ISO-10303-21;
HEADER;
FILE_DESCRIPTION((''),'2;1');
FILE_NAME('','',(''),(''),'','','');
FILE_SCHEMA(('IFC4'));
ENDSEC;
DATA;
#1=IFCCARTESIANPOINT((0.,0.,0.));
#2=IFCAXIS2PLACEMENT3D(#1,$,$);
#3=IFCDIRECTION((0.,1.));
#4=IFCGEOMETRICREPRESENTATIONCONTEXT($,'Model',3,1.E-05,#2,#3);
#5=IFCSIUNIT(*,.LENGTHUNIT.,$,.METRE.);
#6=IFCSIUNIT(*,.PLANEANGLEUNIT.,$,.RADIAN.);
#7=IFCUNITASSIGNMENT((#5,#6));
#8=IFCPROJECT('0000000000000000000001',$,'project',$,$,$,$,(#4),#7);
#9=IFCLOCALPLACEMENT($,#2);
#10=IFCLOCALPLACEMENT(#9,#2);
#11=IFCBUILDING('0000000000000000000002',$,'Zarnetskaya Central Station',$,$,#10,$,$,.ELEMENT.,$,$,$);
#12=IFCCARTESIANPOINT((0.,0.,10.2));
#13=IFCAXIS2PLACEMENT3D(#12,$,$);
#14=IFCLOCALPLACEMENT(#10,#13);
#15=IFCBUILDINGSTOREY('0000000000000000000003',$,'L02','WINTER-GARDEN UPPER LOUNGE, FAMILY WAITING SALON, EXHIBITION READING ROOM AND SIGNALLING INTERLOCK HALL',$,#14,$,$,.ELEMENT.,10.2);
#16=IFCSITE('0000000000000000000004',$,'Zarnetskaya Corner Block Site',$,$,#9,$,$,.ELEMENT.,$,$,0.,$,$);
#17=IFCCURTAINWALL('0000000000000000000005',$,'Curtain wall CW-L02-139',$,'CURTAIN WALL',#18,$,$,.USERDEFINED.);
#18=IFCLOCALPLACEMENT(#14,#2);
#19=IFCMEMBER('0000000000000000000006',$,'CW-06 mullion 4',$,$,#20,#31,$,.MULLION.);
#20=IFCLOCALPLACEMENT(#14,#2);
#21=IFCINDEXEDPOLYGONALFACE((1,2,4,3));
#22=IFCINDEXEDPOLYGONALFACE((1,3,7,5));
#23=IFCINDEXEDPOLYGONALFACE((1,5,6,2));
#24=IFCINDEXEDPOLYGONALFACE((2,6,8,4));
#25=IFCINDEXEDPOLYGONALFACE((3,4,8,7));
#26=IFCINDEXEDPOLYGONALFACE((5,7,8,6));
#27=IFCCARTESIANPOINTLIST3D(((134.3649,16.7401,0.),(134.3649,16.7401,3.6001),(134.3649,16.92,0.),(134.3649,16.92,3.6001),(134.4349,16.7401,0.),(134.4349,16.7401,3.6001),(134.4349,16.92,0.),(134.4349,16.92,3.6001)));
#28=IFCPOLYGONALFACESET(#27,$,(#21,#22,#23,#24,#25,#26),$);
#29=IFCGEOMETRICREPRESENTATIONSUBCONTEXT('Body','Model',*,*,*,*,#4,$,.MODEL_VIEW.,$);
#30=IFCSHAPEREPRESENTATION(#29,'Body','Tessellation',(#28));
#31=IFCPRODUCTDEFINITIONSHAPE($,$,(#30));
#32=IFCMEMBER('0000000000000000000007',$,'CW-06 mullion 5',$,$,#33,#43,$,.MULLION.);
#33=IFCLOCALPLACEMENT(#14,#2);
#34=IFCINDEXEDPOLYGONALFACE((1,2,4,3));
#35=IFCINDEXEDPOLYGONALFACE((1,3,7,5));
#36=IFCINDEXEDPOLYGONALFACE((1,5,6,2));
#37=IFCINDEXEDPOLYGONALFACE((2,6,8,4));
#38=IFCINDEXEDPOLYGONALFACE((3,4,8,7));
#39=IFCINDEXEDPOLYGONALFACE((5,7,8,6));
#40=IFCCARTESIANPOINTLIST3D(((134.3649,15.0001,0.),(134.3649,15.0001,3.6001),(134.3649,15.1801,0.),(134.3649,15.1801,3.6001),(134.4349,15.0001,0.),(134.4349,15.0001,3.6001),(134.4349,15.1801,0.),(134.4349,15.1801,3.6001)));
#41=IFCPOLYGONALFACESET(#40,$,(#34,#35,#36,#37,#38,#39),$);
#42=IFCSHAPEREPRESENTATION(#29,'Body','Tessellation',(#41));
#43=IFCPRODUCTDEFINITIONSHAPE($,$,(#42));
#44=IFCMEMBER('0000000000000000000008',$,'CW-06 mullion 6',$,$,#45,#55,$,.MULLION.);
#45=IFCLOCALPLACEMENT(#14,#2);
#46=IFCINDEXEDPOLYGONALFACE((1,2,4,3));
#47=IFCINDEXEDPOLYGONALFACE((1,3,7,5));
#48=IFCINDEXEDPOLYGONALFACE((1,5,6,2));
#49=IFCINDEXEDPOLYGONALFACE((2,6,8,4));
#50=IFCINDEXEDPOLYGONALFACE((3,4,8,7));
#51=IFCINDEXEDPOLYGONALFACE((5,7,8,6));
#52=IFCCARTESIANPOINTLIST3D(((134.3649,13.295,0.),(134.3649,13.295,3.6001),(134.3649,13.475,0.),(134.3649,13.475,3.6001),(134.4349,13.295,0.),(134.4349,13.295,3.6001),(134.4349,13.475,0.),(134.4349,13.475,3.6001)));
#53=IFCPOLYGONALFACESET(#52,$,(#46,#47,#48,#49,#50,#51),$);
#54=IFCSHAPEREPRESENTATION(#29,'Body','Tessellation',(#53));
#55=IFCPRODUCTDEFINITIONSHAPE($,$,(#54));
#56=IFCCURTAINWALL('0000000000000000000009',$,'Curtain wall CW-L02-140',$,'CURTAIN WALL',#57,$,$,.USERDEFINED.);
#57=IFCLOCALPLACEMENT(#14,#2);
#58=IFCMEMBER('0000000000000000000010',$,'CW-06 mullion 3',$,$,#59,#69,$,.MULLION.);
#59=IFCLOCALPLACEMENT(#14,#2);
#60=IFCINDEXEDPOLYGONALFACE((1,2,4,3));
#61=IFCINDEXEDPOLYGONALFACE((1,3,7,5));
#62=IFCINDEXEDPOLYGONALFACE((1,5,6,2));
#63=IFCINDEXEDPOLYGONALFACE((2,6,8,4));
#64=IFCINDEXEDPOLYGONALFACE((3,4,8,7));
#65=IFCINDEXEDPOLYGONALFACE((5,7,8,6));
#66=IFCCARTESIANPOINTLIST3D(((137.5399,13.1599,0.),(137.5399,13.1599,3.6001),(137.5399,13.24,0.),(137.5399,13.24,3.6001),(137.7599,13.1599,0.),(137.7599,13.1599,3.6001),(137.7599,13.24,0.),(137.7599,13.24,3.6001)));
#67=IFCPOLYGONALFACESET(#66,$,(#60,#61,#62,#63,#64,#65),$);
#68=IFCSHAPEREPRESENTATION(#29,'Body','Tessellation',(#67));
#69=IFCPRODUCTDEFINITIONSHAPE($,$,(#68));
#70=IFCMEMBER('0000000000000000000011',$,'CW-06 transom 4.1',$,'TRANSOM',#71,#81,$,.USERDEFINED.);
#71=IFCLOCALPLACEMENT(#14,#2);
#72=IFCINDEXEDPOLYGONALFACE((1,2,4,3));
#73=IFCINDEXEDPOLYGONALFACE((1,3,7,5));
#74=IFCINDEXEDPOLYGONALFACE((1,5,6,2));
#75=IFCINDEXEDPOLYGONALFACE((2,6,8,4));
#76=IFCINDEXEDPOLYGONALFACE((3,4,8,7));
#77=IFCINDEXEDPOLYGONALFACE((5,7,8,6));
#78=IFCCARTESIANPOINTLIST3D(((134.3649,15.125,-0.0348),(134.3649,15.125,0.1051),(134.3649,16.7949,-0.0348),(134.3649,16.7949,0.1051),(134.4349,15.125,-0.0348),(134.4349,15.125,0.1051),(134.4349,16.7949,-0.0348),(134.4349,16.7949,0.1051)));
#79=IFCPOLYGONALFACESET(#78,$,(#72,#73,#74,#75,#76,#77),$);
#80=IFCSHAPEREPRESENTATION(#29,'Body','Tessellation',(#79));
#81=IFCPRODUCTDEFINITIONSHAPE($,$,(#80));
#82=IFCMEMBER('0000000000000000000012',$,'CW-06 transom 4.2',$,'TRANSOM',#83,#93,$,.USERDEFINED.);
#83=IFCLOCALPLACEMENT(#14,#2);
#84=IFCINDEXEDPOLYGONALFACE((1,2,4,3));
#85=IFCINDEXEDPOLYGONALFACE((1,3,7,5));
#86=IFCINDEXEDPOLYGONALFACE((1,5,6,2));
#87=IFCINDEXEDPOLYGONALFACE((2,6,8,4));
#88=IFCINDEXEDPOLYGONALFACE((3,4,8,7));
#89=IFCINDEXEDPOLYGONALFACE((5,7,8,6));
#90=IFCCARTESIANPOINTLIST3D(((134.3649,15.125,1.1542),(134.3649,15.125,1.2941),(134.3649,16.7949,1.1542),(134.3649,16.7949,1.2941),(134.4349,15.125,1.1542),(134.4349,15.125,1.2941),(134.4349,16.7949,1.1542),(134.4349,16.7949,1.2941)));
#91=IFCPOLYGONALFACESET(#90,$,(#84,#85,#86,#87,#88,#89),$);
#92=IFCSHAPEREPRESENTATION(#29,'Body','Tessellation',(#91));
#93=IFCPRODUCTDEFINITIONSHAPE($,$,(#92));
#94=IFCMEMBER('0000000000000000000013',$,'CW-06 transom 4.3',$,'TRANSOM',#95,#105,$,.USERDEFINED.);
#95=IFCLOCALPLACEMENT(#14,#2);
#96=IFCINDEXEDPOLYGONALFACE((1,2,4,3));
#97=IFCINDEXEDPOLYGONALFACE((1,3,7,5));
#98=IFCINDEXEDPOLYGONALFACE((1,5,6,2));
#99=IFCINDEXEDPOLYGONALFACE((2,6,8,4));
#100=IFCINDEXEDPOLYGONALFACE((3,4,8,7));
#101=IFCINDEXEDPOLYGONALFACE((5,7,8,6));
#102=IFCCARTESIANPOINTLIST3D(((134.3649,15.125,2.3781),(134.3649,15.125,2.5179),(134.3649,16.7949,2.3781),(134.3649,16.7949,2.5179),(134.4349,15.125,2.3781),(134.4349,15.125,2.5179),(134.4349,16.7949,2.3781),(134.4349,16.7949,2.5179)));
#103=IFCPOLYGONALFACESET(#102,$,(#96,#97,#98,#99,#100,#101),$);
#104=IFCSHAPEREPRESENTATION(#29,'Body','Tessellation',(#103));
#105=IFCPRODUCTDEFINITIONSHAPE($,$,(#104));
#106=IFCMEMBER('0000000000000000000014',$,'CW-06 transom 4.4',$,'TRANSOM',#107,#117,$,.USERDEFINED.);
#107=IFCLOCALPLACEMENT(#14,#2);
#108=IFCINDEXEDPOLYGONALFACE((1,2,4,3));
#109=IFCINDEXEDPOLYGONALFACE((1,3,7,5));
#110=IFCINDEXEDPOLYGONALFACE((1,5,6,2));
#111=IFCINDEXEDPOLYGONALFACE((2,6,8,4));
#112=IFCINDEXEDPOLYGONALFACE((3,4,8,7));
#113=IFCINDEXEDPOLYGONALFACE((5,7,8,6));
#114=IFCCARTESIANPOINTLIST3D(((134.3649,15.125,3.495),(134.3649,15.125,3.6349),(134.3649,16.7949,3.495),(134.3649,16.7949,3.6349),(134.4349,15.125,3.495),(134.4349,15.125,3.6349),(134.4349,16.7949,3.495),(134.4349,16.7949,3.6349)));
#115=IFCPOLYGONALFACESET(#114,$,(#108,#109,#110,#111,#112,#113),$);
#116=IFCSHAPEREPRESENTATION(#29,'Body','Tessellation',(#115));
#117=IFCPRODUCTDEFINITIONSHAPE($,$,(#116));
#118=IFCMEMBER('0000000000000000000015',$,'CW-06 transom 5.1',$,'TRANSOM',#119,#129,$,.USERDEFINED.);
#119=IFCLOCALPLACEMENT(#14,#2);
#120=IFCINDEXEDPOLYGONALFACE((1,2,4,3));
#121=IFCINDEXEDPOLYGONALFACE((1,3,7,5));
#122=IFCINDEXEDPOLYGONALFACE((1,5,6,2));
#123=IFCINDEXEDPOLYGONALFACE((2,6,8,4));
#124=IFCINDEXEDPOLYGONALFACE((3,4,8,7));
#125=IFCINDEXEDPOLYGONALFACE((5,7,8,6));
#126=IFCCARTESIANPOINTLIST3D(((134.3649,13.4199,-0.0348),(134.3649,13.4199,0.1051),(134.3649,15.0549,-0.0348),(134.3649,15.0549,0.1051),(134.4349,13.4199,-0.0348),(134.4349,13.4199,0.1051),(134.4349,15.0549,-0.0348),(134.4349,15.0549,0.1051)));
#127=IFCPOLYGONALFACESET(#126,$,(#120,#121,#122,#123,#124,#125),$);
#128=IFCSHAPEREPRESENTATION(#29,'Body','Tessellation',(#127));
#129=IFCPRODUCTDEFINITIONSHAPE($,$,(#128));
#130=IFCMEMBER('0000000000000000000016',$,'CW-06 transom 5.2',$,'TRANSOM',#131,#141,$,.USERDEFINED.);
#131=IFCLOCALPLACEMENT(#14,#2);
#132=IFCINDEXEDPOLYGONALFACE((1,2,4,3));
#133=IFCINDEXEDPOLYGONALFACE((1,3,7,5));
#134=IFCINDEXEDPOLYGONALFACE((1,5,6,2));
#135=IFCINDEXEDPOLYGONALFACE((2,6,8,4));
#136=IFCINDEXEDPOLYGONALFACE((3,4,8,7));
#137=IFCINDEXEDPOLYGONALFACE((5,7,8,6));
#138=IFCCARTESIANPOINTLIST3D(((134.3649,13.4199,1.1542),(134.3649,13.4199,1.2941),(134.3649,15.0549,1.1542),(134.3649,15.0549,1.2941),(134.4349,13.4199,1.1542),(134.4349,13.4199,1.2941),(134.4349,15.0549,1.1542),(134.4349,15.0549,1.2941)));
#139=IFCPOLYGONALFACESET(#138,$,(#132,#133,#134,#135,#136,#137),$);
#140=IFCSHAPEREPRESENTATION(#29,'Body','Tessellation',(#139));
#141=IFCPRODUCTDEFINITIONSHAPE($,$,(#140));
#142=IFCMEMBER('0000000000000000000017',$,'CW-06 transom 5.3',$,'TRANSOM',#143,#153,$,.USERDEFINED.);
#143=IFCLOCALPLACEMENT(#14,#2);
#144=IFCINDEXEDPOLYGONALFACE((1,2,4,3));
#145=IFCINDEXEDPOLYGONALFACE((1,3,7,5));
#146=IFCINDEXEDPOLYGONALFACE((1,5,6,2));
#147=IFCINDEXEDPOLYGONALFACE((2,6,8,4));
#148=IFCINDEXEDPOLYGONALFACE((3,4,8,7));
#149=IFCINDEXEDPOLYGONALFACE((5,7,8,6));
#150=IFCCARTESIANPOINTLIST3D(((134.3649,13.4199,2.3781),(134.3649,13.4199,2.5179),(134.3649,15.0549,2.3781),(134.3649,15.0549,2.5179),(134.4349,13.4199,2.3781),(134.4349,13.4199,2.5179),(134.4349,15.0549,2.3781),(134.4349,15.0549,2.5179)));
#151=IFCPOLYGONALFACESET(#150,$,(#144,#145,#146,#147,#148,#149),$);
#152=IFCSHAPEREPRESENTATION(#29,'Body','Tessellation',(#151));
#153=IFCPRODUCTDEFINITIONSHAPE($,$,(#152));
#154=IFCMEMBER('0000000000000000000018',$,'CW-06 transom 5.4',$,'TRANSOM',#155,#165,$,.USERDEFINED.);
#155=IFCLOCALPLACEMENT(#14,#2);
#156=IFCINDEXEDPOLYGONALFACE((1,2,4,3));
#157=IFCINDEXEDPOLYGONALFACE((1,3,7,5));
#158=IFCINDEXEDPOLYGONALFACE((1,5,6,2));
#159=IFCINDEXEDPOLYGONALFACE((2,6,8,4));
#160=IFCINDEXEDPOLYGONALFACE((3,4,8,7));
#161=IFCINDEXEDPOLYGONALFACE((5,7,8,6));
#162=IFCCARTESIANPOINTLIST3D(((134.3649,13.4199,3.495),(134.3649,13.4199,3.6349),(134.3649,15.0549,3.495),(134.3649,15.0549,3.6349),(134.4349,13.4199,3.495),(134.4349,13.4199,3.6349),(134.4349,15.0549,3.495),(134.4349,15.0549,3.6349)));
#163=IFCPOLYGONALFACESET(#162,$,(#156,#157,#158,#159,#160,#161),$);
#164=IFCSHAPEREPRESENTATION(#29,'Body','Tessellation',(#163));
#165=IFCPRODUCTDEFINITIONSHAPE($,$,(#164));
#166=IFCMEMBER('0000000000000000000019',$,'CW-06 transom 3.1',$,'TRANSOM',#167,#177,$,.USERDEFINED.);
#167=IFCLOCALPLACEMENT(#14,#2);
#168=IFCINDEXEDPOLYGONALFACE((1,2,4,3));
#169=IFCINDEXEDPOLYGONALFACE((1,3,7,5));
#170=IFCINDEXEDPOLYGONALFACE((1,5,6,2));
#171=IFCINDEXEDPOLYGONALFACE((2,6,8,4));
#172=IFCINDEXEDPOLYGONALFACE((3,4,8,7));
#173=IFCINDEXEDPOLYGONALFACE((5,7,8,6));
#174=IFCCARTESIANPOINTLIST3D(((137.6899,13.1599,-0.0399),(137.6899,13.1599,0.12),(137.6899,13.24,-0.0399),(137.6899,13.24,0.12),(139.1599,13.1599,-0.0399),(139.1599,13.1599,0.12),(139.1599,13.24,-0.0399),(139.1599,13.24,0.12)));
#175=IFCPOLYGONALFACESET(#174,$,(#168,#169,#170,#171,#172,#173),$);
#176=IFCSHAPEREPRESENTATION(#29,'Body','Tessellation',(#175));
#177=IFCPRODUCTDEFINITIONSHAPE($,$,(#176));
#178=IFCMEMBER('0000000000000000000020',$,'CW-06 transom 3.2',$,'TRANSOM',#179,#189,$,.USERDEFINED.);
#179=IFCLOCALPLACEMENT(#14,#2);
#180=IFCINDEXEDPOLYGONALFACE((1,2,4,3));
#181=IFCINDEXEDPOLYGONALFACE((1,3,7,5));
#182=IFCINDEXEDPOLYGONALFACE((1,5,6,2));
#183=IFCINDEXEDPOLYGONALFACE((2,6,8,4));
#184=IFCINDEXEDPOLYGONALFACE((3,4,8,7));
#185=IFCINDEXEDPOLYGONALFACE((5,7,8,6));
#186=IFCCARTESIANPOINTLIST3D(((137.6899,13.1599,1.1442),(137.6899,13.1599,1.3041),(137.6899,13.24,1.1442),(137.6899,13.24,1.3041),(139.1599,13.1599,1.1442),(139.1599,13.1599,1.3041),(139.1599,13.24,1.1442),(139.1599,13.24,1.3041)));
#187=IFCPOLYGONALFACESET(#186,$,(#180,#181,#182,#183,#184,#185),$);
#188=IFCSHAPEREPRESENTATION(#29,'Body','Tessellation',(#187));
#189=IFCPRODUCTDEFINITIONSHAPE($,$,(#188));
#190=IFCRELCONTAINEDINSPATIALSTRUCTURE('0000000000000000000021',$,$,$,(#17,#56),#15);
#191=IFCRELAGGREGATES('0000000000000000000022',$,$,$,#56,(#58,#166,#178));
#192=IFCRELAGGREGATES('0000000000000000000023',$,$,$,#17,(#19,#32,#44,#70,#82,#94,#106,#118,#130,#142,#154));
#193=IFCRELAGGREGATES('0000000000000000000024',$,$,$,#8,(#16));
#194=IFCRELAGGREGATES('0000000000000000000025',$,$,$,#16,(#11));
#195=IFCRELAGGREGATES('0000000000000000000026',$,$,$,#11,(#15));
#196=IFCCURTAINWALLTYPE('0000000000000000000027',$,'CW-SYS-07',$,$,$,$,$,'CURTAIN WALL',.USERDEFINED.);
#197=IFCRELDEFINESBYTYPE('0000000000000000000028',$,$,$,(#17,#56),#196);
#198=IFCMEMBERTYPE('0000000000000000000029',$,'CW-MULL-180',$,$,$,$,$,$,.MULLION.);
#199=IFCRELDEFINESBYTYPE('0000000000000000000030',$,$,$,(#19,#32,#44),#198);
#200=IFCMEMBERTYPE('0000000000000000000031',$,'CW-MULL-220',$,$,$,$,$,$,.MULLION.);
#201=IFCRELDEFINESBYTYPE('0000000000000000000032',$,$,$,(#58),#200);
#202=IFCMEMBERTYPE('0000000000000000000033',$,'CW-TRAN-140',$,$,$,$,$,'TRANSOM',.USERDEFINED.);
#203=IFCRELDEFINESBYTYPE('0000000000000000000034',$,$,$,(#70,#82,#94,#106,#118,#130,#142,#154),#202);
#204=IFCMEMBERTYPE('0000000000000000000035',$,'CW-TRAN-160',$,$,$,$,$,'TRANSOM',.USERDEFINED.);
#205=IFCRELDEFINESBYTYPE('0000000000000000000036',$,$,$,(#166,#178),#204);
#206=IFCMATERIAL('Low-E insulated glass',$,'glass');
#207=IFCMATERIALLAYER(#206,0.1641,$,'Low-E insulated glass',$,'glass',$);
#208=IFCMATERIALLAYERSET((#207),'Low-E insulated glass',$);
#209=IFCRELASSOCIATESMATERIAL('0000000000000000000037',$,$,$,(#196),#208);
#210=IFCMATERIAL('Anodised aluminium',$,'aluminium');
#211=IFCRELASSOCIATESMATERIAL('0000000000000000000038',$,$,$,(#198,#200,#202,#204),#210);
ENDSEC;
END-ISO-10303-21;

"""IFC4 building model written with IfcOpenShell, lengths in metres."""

from ifc_helpers import new_model, si_unit, direction, frame, origin, origin_2d, place, context, subcontext, project, spatial, rectangle, extrude, material, layer, layer_set, material_profile, profile_set, type_object, element, aggregate, save


model = new_model("IFC4")

# Units and contexts
model_context = context("Model", 3, precision=1e-05, world=origin(), true_north=direction((0.0, 1.0)))
body_context = subcontext(model_context, "Body", "Model", "MODEL_VIEW")
ifc_project = project(units=[si_unit("LENGTHUNIT", "METRE"), si_unit("PLANEANGLEUNIT", "RADIAN")], contexts=[model_context])

# Site, building, storey
site_placement = place(None, origin())
site = spatial("IfcSite", under=ifc_project, at=site_placement, Name="Zarnetskaya Corner Block Site", CompositionType="ELEMENT", RefElevation=0.0)
building_placement = place(site_placement, origin())
building = spatial("IfcBuilding", under=site, at=building_placement, Name="Zarnetskaya Central Station", CompositionType="ELEMENT")
storey_placement = place(building_placement, frame((0.0, 0.0, 10.2)))
storey = spatial("IfcBuildingStorey", under=building, at=storey_placement, Name="L02", Description="WINTER-GARDEN UPPER LOUNGE, FAMILY WAITING SALON, EXHIBITION READING ROOM AND SIGNALLING INTERLOCK HALL", CompositionType="ELEMENT", Elevation=10.2)

# Curtain wall, members
ifc_material_1 = material(Name="Low-E insulated glass", Category="glass")
ifc_layer_1 = layer(ifc_material_1, 0.1641, Name="Low-E insulated glass", Category="glass")
ifc_layer_set_1 = layer_set([ifc_layer_1], Name="Low-E insulated glass")
curtain_wall_type = type_object("IfcCurtainWallType", Name="CW-SYS-07", ElementType="CURTAIN WALL", PredefinedType="USERDEFINED", material=ifc_layer_set_1)
curtain_wall_1_placement = place(storey_placement, origin())
curtain_wall_1 = element("IfcCurtainWall", 1, at=curtain_wall_1_placement, inside=storey, type_object=curtain_wall_type, Name="Curtain wall CW-L02-139", ObjectType="CURTAIN WALL", PredefinedType="USERDEFINED")
ifc_material_2 = material(Name="Anodised aluminium", Category="aluminium")
ifc_material_profile_1 = material_profile(ifc_material_2, rectangle(XDim=0.0701, YDim=0.1799, at=origin_2d()), Name="ALU MULL 70x180")
ifc_profile_set_1 = profile_set([ifc_material_profile_1], Name="Anodised aluminium")
member_type_1 = type_object("IfcMemberType", Name="CW-MULL-180", PredefinedType="MULLION", material=ifc_profile_set_1)
member_1_placement = place(storey_placement, frame((134.3999, 16.8301, 0.0), z_axis=(0.0, 0.0, 1.0), x_axis=(1.0, 0.0, 0.0)))
member_1 = element("IfcMember", 2, at=member_1_placement, type_object=member_type_1, Name="CW-06 mullion 4", PredefinedType="MULLION", context=body_context, shape_type="SweptSolid", body=[
    extrude(rectangle(XDim=0.0701, YDim=0.1799, at=origin_2d()), origin(), (0.0, 0.0, 1.0), 3.6001),
])
member_2_placement = place(storey_placement, frame((134.3999, 15.0901, 0.0), z_axis=(0.0, 0.0, 1.0), x_axis=(1.0, 0.0, 0.0)))
member_2 = element("IfcMember", 3, at=member_2_placement, type_object=member_type_1, Name="CW-06 mullion 5", PredefinedType="MULLION", context=body_context, shape_type="SweptSolid", body=[
    extrude(rectangle(XDim=0.0701, YDim=0.1799, at=origin_2d()), origin(), (0.0, 0.0, 1.0), 3.6001),
])
member_3_placement = place(storey_placement, frame((134.3999, 13.385, 0.0), z_axis=(0.0, 0.0, 1.0), x_axis=(1.0, 0.0, 0.0)))
member_3 = element("IfcMember", 4, at=member_3_placement, type_object=member_type_1, Name="CW-06 mullion 6", PredefinedType="MULLION", context=body_context, shape_type="SweptSolid", body=[
    extrude(rectangle(XDim=0.0701, YDim=0.1799, at=origin_2d()), origin(), (0.0, 0.0, 1.0), 3.6001),
])

# Curtain wall, member
curtain_wall_2_placement = place(storey_placement, origin())
curtain_wall_2 = element("IfcCurtainWall", 5, at=curtain_wall_2_placement, inside=storey, type_object=curtain_wall_type, Name="Curtain wall CW-L02-140", ObjectType="CURTAIN WALL", PredefinedType="USERDEFINED")
ifc_material_profile_2 = material_profile(ifc_material_2, rectangle(XDim=0.0801, YDim=0.22, at=origin_2d()), Name="ALU MULL 80x220")
ifc_profile_set_2 = profile_set([ifc_material_profile_2], Name="Anodised aluminium")
member_type_2 = type_object("IfcMemberType", Name="CW-MULL-220", PredefinedType="MULLION", material=ifc_profile_set_2)
member_4_placement = place(storey_placement, frame((137.6499, 13.2, 0.0), z_axis=(0.0, 0.0, 1.0), x_axis=(0.0, 1.0, 0.0)))
member_4 = element("IfcMember", 6, at=member_4_placement, type_object=member_type_2, Name="CW-06 mullion 3", PredefinedType="MULLION", context=body_context, shape_type="SweptSolid", body=[
    extrude(rectangle(XDim=0.0801, YDim=0.22, at=origin_2d()), origin(), (0.0, 0.0, 1.0), 3.6001),
])

# Members
ifc_material_profile_3 = material_profile(ifc_material_2, rectangle(XDim=0.0701, YDim=0.1399, at=origin_2d()), Name="ALU TRAN 70x140")
ifc_profile_set_3 = profile_set([ifc_material_profile_3], Name="Anodised aluminium")
member_type_3 = type_object("IfcMemberType", Name="CW-TRAN-140", ElementType="TRANSOM", PredefinedType="USERDEFINED", material=ifc_profile_set_3)
member_5_placement = place(storey_placement, frame((134.3999, 16.7949, 0.0352), z_axis=(0.0, -1.0, 0.0), x_axis=(1.0, 0.0, 0.0)))
member_5 = element("IfcMember", 7, at=member_5_placement, type_object=member_type_3, Name="CW-06 transom 4.1", ObjectType="TRANSOM", PredefinedType="USERDEFINED", context=body_context, shape_type="SweptSolid", body=[
    extrude(rectangle(XDim=0.0701, YDim=0.1399, at=origin_2d()), origin(), (0.0, 0.0, 1.0), 1.6699),
])
member_6_placement = place(storey_placement, frame((134.3999, 16.7949, 1.2241), z_axis=(0.0, -1.0, 0.0), x_axis=(1.0, 0.0, 0.0)))
member_6 = element("IfcMember", 8, at=member_6_placement, type_object=member_type_3, Name="CW-06 transom 4.2", ObjectType="TRANSOM", PredefinedType="USERDEFINED", context=body_context, shape_type="SweptSolid", body=[
    extrude(rectangle(XDim=0.0701, YDim=0.1399, at=origin_2d()), origin(), (0.0, 0.0, 1.0), 1.6699),
])
member_7_placement = place(storey_placement, frame((134.3999, 16.7949, 2.448), z_axis=(0.0, -1.0, 0.0), x_axis=(1.0, 0.0, 0.0)))
member_7 = element("IfcMember", 9, at=member_7_placement, type_object=member_type_3, Name="CW-06 transom 4.3", ObjectType="TRANSOM", PredefinedType="USERDEFINED", context=body_context, shape_type="SweptSolid", body=[
    extrude(rectangle(XDim=0.0701, YDim=0.1399, at=origin_2d()), origin(), (0.0, 0.0, 1.0), 1.6699),
])
member_8_placement = place(storey_placement, frame((134.3999, 16.7949, 3.5649), z_axis=(0.0, -1.0, 0.0), x_axis=(1.0, 0.0, 0.0)))
member_8 = element("IfcMember", 10, at=member_8_placement, type_object=member_type_3, Name="CW-06 transom 4.4", ObjectType="TRANSOM", PredefinedType="USERDEFINED", context=body_context, shape_type="SweptSolid", body=[
    extrude(rectangle(XDim=0.0701, YDim=0.1399, at=origin_2d()), origin(), (0.0, 0.0, 1.0), 1.6699),
])
member_9_placement = place(storey_placement, frame((134.3999, 15.0549, 0.0352), z_axis=(0.0, -1.0, 0.0), x_axis=(1.0, 0.0, 0.0)))
member_9 = element("IfcMember", 11, at=member_9_placement, type_object=member_type_3, Name="CW-06 transom 5.1", ObjectType="TRANSOM", PredefinedType="USERDEFINED", context=body_context, shape_type="SweptSolid", body=[
    extrude(rectangle(XDim=0.0701, YDim=0.1399, at=origin_2d()), origin(), (0.0, 0.0, 1.0), 1.635),
])
member_10_placement = place(storey_placement, frame((134.3999, 15.0549, 1.2241), z_axis=(0.0, -1.0, 0.0), x_axis=(1.0, 0.0, 0.0)))
member_10 = element("IfcMember", 12, at=member_10_placement, type_object=member_type_3, Name="CW-06 transom 5.2", ObjectType="TRANSOM", PredefinedType="USERDEFINED", context=body_context, shape_type="SweptSolid", body=[
    extrude(rectangle(XDim=0.0701, YDim=0.1399, at=origin_2d()), origin(), (0.0, 0.0, 1.0), 1.635),
])
member_11_placement = place(storey_placement, frame((134.3999, 15.0549, 2.448), z_axis=(0.0, -1.0, 0.0), x_axis=(1.0, 0.0, 0.0)))
member_11 = element("IfcMember", 13, at=member_11_placement, type_object=member_type_3, Name="CW-06 transom 5.3", ObjectType="TRANSOM", PredefinedType="USERDEFINED", context=body_context, shape_type="SweptSolid", body=[
    extrude(rectangle(XDim=0.0701, YDim=0.1399, at=origin_2d()), origin(), (0.0, 0.0, 1.0), 1.635),
])
member_12_placement = place(storey_placement, frame((134.3999, 15.0549, 3.5649), z_axis=(0.0, -1.0, 0.0), x_axis=(1.0, 0.0, 0.0)))
member_12 = element("IfcMember", 14, at=member_12_placement, type_object=member_type_3, Name="CW-06 transom 5.4", ObjectType="TRANSOM", PredefinedType="USERDEFINED", context=body_context, shape_type="SweptSolid", body=[
    extrude(rectangle(XDim=0.0701, YDim=0.1399, at=origin_2d()), origin(), (0.0, 0.0, 1.0), 1.635),
])
ifc_material_profile_4 = material_profile(ifc_material_2, rectangle(XDim=0.0801, YDim=0.1599, at=origin_2d()), Name="ALU TRAN 80x160")
ifc_profile_set_4 = profile_set([ifc_material_profile_4], Name="Anodised aluminium")
member_type_4 = type_object("IfcMemberType", Name="CW-TRAN-160", ElementType="TRANSOM", PredefinedType="USERDEFINED", material=ifc_profile_set_4)
member_13_placement = place(storey_placement, frame((137.6899, 13.2, 0.04), z_axis=(1.0, 0.0, 0.0), x_axis=(0.0, 1.0, 0.0)))
member_13 = element("IfcMember", 15, at=member_13_placement, type_object=member_type_4, Name="CW-06 transom 3.1", ObjectType="TRANSOM", PredefinedType="USERDEFINED", context=body_context, shape_type="SweptSolid", body=[
    extrude(rectangle(XDim=0.0801, YDim=0.1599, at=origin_2d()), origin(), (0.0, 0.0, 1.0), 1.47),
])
member_14_placement = place(storey_placement, frame((137.6899, 13.2, 1.2241), z_axis=(1.0, 0.0, 0.0), x_axis=(0.0, 1.0, 0.0)))
member_14 = element("IfcMember", 16, at=member_14_placement, type_object=member_type_4, Name="CW-06 transom 3.2", ObjectType="TRANSOM", PredefinedType="USERDEFINED", context=body_context, shape_type="SweptSolid", body=[
    extrude(rectangle(XDim=0.0801, YDim=0.1599, at=origin_2d()), origin(), (0.0, 0.0, 1.0), 1.47),
])

aggregate(curtain_wall_2, [member_4, member_13, member_14])
aggregate(curtain_wall_1, [member_1, member_2, member_3, member_5, member_6, member_7, member_8, member_9, member_10, member_11, member_12])

save(model, "model.ifc")
